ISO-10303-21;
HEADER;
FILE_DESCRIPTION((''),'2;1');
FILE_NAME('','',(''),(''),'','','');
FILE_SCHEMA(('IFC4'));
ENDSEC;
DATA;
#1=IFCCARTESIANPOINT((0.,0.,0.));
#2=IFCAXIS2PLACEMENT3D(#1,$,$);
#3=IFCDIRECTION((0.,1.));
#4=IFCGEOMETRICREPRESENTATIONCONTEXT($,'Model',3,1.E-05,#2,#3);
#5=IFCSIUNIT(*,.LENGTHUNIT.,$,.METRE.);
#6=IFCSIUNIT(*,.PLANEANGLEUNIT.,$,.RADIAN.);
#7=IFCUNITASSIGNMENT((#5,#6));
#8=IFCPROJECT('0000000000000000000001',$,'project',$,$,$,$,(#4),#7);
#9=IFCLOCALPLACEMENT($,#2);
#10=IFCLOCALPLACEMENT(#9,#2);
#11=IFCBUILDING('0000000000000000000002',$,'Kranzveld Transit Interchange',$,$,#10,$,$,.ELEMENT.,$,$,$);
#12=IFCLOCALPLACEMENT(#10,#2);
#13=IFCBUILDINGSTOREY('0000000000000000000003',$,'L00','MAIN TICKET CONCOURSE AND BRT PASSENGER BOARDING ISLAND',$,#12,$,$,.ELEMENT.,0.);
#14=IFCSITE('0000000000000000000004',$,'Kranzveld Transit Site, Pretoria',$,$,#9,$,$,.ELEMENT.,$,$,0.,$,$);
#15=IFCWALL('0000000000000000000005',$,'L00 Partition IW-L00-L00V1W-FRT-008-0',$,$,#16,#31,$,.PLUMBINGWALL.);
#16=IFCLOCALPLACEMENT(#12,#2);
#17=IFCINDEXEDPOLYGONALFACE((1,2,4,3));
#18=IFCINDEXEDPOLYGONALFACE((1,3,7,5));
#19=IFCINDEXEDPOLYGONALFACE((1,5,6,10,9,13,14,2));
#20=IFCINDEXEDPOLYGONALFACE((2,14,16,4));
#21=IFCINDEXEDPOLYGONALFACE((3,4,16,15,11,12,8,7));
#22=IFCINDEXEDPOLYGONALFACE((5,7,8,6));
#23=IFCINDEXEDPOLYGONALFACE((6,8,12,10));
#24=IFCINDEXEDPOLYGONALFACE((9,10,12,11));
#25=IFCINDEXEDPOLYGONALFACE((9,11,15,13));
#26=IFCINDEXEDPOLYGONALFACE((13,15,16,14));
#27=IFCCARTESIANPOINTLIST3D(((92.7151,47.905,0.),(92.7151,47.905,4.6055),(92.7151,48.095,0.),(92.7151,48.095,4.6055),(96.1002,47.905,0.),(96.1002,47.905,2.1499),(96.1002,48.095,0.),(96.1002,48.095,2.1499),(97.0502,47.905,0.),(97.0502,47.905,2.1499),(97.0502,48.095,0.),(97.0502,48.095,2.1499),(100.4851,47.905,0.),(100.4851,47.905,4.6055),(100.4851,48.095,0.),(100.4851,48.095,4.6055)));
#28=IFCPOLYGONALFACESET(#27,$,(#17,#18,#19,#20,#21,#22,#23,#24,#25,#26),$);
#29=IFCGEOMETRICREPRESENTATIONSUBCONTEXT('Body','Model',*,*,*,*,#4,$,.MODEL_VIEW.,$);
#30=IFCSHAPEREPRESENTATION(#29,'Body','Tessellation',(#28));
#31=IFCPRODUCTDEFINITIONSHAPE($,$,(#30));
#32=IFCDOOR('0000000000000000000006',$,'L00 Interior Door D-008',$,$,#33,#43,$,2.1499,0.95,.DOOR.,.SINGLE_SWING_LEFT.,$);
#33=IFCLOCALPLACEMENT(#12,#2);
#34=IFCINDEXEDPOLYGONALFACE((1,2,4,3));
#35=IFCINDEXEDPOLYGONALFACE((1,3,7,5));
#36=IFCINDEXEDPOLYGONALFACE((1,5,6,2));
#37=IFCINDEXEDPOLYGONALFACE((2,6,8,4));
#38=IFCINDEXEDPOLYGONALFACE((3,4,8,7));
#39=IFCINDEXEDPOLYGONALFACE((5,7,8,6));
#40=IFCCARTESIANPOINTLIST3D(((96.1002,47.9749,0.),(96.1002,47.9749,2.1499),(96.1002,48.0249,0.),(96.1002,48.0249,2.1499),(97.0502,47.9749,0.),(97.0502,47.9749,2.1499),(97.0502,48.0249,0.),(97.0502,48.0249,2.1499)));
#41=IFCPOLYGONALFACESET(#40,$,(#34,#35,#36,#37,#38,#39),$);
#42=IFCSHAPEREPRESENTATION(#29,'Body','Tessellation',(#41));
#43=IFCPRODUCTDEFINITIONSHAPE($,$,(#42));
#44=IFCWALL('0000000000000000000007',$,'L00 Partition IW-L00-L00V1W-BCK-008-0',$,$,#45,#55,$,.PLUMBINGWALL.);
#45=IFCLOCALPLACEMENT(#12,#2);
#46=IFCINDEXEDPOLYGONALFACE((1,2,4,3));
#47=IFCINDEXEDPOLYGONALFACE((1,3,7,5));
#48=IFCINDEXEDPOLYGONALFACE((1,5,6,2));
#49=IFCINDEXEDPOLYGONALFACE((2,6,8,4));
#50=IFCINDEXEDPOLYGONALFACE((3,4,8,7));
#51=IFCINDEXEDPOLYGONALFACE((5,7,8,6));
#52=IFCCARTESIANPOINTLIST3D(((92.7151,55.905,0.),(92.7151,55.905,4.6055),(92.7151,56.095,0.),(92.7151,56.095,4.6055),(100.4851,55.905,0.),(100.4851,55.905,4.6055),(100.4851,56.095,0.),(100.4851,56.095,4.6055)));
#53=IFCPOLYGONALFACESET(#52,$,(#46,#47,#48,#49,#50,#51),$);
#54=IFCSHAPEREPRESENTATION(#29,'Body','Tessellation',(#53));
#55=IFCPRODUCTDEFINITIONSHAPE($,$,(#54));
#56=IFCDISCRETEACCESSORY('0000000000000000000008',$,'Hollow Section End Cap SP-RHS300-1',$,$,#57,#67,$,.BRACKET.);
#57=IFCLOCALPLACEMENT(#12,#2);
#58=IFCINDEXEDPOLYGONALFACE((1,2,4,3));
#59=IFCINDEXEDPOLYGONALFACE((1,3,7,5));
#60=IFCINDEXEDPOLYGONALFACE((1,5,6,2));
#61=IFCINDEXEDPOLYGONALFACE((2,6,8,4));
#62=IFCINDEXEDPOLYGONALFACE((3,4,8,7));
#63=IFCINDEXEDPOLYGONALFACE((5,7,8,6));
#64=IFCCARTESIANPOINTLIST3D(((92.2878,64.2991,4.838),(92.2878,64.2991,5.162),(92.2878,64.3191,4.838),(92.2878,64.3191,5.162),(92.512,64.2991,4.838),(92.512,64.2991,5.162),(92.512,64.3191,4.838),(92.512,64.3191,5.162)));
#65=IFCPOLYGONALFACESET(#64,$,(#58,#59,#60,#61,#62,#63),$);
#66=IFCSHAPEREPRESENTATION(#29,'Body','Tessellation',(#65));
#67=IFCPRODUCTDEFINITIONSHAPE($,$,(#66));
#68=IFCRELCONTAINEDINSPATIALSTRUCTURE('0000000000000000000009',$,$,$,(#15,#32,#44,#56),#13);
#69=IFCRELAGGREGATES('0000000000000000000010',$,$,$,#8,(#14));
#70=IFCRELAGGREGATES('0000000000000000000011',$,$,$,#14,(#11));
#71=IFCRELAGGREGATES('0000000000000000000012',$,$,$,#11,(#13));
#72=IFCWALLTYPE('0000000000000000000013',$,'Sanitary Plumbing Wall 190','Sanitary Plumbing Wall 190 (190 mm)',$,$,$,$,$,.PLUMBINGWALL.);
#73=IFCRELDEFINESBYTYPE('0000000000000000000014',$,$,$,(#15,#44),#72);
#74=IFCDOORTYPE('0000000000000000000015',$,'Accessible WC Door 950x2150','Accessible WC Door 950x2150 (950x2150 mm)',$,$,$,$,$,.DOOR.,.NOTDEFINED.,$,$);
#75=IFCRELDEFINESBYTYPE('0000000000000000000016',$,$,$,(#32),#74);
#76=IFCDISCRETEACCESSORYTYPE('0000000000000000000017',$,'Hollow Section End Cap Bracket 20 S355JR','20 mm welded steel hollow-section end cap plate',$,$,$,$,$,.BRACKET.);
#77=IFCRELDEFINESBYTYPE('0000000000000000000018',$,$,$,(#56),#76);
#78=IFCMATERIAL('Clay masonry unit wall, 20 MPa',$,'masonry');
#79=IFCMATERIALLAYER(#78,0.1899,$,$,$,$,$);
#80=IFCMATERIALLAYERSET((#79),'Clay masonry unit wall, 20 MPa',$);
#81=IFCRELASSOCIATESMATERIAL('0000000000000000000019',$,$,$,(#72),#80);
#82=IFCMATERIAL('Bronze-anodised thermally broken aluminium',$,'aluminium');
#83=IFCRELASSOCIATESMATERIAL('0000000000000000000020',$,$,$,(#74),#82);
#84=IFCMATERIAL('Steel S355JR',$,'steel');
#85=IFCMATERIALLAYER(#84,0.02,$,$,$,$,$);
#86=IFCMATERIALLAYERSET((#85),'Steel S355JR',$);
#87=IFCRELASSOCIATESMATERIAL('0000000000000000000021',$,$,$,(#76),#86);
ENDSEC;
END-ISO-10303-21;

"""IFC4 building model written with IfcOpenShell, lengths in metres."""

from ifc_helpers import new_model, si_unit, direction, frame, frame_2d, origin, origin_2d, place, context, subcontext, project, spatial, rectangle, extrude, material, layer, layer_set, type_object, element, fill, save


model = new_model("IFC4")

# Units and contexts
model_context = context("Model", 3, precision=1e-05, world=origin(), true_north=direction((0.0, 1.0)))
body_context = subcontext(model_context, "Body", "Model", "MODEL_VIEW")
ifc_project = project(units=[si_unit("LENGTHUNIT", "METRE"), si_unit("PLANEANGLEUNIT", "RADIAN")], contexts=[model_context])

# Site, building, storey
site_placement = place(None, origin())
site = spatial("IfcSite", under=ifc_project, at=site_placement, Name="Kranzveld Transit Site, Pretoria", CompositionType="ELEMENT", RefElevation=0.0)
building_placement = place(site_placement, origin())
building = spatial("IfcBuilding", under=site, at=building_placement, Name="Kranzveld Transit Interchange", CompositionType="ELEMENT")
storey_placement = place(building_placement, origin())
storey = spatial("IfcBuildingStorey", under=building, at=storey_placement, Name="L00", Description="MAIN TICKET CONCOURSE AND BRT PASSENGER BOARDING ISLAND", CompositionType="ELEMENT", Elevation=0.0)

# Wall, opening, door
ifc_material_1 = material(Name="Clay masonry unit wall, 20 MPa", Category="masonry")
ifc_layer_1 = layer(ifc_material_1, 0.1899)
ifc_layer_set_1 = layer_set([ifc_layer_1], Name="Clay masonry unit wall, 20 MPa")
wall_type_1 = type_object("IfcWallType", Name="Sanitary Plumbing Wall 190", Description="Sanitary Plumbing Wall 190 (190 mm)", PredefinedType="PLUMBINGWALL", material=ifc_layer_set_1)
wall_1_placement = place(storey_placement, frame((92.7151, 48.0, 0.0), z_axis=(0.0, 0.0, 1.0), x_axis=(1.0, 0.0, 0.0)))
wall_1 = element("IfcWall", 1, at=wall_1_placement, inside=storey, type_object=wall_type_1, Name="L00 Partition IW-L00-L00V1W-FRT-008-0", PredefinedType="PLUMBINGWALL", context=body_context, shape_type="SweptSolid", body=[
    extrude(rectangle(XDim=7.77, YDim=0.1899, at=frame_2d((3.885, 0.0))), origin(), (0.0, 0.0, 1.0), 4.6055),
])
opening_1_placement = place(wall_1_placement, frame((3.385, 0.0, 0.0), z_axis=(0.0, 0.0, 1.0), x_axis=(1.0, 0.0, 0.0)))
opening_1 = element("IfcOpeningElement", 2, at=opening_1_placement, cuts=wall_1, PredefinedType="OPENING", context=body_context, shape_type="SweptSolid", body=[
    extrude(rectangle(XDim=0.95, YDim=2.1499, at=frame_2d((0.4751, 1.075))), frame((0.0, 0.105, 0.0), z_axis=(0.0, -1.0, 0.0), x_axis=(1.0, 0.0, 0.0)), (0.0, 0.0, 1.0), 0.21),
])
ifc_material_2 = material(Name="Bronze-anodised thermally broken aluminium", Category="aluminium")
door_type_1 = type_object("IfcDoorType", Name="Accessible WC Door 950x2150", Description="Accessible WC Door 950x2150 (950x2150 mm)", OperationType="NOTDEFINED", PredefinedType="DOOR", material=ifc_material_2)
door_1_placement = place(opening_1_placement, origin())
door_1 = element("IfcDoor", 3, at=door_1_placement, inside=storey, type_object=door_type_1, Name="L00 Interior Door D-008", OperationType="SINGLE_SWING_LEFT", OverallHeight=2.1499, OverallWidth=0.95, PredefinedType="DOOR", context=body_context, shape_type="SweptSolid", body=[
    extrude(rectangle(XDim=0.95, YDim=2.1499, at=frame_2d((0.4751, 1.075))), frame((0.0, 0.0249, 0.0), z_axis=(0.0, -1.0, 0.0), x_axis=(1.0, 0.0, 0.0)), (0.0, 0.0, 1.0), 0.05),
])
fill(opening_1, door_1)

# Wall
wall_2_placement = place(storey_placement, frame((92.7151, 56.0, 0.0), z_axis=(0.0, 0.0, 1.0), x_axis=(1.0, 0.0, 0.0)))
element("IfcWall", 4, at=wall_2_placement, inside=storey, type_object=wall_type_1, Name="L00 Partition IW-L00-L00V1W-BCK-008-0", PredefinedType="PLUMBINGWALL", context=body_context, shape_type="SweptSolid", body=[
    extrude(rectangle(XDim=7.77, YDim=0.1899, at=frame_2d((3.885, 0.0))), origin(), (0.0, 0.0, 1.0), 4.6055),
])

# Discrete accessory
ifc_material_3 = material(Name="Steel S355JR", Category="steel")
ifc_layer_2 = layer(ifc_material_3, 0.02)
ifc_layer_set_2 = layer_set([ifc_layer_2], Name="Steel S355JR")
discrete_accessory_type = type_object("IfcDiscreteAccessoryType", Name="Hollow Section End Cap Bracket 20 S355JR", Description="20 mm welded steel hollow-section end cap plate", PredefinedType="BRACKET", material=ifc_layer_set_2)
discrete_accessory_placement = place(storey_placement, frame((92.3999, 64.3191, 5.0), z_axis=(0.0, -1.0, 0.0), x_axis=(1.0, 0.0, 0.0)))
element("IfcDiscreteAccessory", 5, at=discrete_accessory_placement, inside=storey, type_object=discrete_accessory_type, Name="Hollow Section End Cap SP-RHS300-1", PredefinedType="BRACKET", context=body_context, shape_type="SweptSolid", body=[
    extrude(rectangle(XDim=0.2241, YDim=0.324, at=origin_2d()), origin(), (0.0, 0.0, 1.0), 0.02),
])

save(model, "model.ifc")
